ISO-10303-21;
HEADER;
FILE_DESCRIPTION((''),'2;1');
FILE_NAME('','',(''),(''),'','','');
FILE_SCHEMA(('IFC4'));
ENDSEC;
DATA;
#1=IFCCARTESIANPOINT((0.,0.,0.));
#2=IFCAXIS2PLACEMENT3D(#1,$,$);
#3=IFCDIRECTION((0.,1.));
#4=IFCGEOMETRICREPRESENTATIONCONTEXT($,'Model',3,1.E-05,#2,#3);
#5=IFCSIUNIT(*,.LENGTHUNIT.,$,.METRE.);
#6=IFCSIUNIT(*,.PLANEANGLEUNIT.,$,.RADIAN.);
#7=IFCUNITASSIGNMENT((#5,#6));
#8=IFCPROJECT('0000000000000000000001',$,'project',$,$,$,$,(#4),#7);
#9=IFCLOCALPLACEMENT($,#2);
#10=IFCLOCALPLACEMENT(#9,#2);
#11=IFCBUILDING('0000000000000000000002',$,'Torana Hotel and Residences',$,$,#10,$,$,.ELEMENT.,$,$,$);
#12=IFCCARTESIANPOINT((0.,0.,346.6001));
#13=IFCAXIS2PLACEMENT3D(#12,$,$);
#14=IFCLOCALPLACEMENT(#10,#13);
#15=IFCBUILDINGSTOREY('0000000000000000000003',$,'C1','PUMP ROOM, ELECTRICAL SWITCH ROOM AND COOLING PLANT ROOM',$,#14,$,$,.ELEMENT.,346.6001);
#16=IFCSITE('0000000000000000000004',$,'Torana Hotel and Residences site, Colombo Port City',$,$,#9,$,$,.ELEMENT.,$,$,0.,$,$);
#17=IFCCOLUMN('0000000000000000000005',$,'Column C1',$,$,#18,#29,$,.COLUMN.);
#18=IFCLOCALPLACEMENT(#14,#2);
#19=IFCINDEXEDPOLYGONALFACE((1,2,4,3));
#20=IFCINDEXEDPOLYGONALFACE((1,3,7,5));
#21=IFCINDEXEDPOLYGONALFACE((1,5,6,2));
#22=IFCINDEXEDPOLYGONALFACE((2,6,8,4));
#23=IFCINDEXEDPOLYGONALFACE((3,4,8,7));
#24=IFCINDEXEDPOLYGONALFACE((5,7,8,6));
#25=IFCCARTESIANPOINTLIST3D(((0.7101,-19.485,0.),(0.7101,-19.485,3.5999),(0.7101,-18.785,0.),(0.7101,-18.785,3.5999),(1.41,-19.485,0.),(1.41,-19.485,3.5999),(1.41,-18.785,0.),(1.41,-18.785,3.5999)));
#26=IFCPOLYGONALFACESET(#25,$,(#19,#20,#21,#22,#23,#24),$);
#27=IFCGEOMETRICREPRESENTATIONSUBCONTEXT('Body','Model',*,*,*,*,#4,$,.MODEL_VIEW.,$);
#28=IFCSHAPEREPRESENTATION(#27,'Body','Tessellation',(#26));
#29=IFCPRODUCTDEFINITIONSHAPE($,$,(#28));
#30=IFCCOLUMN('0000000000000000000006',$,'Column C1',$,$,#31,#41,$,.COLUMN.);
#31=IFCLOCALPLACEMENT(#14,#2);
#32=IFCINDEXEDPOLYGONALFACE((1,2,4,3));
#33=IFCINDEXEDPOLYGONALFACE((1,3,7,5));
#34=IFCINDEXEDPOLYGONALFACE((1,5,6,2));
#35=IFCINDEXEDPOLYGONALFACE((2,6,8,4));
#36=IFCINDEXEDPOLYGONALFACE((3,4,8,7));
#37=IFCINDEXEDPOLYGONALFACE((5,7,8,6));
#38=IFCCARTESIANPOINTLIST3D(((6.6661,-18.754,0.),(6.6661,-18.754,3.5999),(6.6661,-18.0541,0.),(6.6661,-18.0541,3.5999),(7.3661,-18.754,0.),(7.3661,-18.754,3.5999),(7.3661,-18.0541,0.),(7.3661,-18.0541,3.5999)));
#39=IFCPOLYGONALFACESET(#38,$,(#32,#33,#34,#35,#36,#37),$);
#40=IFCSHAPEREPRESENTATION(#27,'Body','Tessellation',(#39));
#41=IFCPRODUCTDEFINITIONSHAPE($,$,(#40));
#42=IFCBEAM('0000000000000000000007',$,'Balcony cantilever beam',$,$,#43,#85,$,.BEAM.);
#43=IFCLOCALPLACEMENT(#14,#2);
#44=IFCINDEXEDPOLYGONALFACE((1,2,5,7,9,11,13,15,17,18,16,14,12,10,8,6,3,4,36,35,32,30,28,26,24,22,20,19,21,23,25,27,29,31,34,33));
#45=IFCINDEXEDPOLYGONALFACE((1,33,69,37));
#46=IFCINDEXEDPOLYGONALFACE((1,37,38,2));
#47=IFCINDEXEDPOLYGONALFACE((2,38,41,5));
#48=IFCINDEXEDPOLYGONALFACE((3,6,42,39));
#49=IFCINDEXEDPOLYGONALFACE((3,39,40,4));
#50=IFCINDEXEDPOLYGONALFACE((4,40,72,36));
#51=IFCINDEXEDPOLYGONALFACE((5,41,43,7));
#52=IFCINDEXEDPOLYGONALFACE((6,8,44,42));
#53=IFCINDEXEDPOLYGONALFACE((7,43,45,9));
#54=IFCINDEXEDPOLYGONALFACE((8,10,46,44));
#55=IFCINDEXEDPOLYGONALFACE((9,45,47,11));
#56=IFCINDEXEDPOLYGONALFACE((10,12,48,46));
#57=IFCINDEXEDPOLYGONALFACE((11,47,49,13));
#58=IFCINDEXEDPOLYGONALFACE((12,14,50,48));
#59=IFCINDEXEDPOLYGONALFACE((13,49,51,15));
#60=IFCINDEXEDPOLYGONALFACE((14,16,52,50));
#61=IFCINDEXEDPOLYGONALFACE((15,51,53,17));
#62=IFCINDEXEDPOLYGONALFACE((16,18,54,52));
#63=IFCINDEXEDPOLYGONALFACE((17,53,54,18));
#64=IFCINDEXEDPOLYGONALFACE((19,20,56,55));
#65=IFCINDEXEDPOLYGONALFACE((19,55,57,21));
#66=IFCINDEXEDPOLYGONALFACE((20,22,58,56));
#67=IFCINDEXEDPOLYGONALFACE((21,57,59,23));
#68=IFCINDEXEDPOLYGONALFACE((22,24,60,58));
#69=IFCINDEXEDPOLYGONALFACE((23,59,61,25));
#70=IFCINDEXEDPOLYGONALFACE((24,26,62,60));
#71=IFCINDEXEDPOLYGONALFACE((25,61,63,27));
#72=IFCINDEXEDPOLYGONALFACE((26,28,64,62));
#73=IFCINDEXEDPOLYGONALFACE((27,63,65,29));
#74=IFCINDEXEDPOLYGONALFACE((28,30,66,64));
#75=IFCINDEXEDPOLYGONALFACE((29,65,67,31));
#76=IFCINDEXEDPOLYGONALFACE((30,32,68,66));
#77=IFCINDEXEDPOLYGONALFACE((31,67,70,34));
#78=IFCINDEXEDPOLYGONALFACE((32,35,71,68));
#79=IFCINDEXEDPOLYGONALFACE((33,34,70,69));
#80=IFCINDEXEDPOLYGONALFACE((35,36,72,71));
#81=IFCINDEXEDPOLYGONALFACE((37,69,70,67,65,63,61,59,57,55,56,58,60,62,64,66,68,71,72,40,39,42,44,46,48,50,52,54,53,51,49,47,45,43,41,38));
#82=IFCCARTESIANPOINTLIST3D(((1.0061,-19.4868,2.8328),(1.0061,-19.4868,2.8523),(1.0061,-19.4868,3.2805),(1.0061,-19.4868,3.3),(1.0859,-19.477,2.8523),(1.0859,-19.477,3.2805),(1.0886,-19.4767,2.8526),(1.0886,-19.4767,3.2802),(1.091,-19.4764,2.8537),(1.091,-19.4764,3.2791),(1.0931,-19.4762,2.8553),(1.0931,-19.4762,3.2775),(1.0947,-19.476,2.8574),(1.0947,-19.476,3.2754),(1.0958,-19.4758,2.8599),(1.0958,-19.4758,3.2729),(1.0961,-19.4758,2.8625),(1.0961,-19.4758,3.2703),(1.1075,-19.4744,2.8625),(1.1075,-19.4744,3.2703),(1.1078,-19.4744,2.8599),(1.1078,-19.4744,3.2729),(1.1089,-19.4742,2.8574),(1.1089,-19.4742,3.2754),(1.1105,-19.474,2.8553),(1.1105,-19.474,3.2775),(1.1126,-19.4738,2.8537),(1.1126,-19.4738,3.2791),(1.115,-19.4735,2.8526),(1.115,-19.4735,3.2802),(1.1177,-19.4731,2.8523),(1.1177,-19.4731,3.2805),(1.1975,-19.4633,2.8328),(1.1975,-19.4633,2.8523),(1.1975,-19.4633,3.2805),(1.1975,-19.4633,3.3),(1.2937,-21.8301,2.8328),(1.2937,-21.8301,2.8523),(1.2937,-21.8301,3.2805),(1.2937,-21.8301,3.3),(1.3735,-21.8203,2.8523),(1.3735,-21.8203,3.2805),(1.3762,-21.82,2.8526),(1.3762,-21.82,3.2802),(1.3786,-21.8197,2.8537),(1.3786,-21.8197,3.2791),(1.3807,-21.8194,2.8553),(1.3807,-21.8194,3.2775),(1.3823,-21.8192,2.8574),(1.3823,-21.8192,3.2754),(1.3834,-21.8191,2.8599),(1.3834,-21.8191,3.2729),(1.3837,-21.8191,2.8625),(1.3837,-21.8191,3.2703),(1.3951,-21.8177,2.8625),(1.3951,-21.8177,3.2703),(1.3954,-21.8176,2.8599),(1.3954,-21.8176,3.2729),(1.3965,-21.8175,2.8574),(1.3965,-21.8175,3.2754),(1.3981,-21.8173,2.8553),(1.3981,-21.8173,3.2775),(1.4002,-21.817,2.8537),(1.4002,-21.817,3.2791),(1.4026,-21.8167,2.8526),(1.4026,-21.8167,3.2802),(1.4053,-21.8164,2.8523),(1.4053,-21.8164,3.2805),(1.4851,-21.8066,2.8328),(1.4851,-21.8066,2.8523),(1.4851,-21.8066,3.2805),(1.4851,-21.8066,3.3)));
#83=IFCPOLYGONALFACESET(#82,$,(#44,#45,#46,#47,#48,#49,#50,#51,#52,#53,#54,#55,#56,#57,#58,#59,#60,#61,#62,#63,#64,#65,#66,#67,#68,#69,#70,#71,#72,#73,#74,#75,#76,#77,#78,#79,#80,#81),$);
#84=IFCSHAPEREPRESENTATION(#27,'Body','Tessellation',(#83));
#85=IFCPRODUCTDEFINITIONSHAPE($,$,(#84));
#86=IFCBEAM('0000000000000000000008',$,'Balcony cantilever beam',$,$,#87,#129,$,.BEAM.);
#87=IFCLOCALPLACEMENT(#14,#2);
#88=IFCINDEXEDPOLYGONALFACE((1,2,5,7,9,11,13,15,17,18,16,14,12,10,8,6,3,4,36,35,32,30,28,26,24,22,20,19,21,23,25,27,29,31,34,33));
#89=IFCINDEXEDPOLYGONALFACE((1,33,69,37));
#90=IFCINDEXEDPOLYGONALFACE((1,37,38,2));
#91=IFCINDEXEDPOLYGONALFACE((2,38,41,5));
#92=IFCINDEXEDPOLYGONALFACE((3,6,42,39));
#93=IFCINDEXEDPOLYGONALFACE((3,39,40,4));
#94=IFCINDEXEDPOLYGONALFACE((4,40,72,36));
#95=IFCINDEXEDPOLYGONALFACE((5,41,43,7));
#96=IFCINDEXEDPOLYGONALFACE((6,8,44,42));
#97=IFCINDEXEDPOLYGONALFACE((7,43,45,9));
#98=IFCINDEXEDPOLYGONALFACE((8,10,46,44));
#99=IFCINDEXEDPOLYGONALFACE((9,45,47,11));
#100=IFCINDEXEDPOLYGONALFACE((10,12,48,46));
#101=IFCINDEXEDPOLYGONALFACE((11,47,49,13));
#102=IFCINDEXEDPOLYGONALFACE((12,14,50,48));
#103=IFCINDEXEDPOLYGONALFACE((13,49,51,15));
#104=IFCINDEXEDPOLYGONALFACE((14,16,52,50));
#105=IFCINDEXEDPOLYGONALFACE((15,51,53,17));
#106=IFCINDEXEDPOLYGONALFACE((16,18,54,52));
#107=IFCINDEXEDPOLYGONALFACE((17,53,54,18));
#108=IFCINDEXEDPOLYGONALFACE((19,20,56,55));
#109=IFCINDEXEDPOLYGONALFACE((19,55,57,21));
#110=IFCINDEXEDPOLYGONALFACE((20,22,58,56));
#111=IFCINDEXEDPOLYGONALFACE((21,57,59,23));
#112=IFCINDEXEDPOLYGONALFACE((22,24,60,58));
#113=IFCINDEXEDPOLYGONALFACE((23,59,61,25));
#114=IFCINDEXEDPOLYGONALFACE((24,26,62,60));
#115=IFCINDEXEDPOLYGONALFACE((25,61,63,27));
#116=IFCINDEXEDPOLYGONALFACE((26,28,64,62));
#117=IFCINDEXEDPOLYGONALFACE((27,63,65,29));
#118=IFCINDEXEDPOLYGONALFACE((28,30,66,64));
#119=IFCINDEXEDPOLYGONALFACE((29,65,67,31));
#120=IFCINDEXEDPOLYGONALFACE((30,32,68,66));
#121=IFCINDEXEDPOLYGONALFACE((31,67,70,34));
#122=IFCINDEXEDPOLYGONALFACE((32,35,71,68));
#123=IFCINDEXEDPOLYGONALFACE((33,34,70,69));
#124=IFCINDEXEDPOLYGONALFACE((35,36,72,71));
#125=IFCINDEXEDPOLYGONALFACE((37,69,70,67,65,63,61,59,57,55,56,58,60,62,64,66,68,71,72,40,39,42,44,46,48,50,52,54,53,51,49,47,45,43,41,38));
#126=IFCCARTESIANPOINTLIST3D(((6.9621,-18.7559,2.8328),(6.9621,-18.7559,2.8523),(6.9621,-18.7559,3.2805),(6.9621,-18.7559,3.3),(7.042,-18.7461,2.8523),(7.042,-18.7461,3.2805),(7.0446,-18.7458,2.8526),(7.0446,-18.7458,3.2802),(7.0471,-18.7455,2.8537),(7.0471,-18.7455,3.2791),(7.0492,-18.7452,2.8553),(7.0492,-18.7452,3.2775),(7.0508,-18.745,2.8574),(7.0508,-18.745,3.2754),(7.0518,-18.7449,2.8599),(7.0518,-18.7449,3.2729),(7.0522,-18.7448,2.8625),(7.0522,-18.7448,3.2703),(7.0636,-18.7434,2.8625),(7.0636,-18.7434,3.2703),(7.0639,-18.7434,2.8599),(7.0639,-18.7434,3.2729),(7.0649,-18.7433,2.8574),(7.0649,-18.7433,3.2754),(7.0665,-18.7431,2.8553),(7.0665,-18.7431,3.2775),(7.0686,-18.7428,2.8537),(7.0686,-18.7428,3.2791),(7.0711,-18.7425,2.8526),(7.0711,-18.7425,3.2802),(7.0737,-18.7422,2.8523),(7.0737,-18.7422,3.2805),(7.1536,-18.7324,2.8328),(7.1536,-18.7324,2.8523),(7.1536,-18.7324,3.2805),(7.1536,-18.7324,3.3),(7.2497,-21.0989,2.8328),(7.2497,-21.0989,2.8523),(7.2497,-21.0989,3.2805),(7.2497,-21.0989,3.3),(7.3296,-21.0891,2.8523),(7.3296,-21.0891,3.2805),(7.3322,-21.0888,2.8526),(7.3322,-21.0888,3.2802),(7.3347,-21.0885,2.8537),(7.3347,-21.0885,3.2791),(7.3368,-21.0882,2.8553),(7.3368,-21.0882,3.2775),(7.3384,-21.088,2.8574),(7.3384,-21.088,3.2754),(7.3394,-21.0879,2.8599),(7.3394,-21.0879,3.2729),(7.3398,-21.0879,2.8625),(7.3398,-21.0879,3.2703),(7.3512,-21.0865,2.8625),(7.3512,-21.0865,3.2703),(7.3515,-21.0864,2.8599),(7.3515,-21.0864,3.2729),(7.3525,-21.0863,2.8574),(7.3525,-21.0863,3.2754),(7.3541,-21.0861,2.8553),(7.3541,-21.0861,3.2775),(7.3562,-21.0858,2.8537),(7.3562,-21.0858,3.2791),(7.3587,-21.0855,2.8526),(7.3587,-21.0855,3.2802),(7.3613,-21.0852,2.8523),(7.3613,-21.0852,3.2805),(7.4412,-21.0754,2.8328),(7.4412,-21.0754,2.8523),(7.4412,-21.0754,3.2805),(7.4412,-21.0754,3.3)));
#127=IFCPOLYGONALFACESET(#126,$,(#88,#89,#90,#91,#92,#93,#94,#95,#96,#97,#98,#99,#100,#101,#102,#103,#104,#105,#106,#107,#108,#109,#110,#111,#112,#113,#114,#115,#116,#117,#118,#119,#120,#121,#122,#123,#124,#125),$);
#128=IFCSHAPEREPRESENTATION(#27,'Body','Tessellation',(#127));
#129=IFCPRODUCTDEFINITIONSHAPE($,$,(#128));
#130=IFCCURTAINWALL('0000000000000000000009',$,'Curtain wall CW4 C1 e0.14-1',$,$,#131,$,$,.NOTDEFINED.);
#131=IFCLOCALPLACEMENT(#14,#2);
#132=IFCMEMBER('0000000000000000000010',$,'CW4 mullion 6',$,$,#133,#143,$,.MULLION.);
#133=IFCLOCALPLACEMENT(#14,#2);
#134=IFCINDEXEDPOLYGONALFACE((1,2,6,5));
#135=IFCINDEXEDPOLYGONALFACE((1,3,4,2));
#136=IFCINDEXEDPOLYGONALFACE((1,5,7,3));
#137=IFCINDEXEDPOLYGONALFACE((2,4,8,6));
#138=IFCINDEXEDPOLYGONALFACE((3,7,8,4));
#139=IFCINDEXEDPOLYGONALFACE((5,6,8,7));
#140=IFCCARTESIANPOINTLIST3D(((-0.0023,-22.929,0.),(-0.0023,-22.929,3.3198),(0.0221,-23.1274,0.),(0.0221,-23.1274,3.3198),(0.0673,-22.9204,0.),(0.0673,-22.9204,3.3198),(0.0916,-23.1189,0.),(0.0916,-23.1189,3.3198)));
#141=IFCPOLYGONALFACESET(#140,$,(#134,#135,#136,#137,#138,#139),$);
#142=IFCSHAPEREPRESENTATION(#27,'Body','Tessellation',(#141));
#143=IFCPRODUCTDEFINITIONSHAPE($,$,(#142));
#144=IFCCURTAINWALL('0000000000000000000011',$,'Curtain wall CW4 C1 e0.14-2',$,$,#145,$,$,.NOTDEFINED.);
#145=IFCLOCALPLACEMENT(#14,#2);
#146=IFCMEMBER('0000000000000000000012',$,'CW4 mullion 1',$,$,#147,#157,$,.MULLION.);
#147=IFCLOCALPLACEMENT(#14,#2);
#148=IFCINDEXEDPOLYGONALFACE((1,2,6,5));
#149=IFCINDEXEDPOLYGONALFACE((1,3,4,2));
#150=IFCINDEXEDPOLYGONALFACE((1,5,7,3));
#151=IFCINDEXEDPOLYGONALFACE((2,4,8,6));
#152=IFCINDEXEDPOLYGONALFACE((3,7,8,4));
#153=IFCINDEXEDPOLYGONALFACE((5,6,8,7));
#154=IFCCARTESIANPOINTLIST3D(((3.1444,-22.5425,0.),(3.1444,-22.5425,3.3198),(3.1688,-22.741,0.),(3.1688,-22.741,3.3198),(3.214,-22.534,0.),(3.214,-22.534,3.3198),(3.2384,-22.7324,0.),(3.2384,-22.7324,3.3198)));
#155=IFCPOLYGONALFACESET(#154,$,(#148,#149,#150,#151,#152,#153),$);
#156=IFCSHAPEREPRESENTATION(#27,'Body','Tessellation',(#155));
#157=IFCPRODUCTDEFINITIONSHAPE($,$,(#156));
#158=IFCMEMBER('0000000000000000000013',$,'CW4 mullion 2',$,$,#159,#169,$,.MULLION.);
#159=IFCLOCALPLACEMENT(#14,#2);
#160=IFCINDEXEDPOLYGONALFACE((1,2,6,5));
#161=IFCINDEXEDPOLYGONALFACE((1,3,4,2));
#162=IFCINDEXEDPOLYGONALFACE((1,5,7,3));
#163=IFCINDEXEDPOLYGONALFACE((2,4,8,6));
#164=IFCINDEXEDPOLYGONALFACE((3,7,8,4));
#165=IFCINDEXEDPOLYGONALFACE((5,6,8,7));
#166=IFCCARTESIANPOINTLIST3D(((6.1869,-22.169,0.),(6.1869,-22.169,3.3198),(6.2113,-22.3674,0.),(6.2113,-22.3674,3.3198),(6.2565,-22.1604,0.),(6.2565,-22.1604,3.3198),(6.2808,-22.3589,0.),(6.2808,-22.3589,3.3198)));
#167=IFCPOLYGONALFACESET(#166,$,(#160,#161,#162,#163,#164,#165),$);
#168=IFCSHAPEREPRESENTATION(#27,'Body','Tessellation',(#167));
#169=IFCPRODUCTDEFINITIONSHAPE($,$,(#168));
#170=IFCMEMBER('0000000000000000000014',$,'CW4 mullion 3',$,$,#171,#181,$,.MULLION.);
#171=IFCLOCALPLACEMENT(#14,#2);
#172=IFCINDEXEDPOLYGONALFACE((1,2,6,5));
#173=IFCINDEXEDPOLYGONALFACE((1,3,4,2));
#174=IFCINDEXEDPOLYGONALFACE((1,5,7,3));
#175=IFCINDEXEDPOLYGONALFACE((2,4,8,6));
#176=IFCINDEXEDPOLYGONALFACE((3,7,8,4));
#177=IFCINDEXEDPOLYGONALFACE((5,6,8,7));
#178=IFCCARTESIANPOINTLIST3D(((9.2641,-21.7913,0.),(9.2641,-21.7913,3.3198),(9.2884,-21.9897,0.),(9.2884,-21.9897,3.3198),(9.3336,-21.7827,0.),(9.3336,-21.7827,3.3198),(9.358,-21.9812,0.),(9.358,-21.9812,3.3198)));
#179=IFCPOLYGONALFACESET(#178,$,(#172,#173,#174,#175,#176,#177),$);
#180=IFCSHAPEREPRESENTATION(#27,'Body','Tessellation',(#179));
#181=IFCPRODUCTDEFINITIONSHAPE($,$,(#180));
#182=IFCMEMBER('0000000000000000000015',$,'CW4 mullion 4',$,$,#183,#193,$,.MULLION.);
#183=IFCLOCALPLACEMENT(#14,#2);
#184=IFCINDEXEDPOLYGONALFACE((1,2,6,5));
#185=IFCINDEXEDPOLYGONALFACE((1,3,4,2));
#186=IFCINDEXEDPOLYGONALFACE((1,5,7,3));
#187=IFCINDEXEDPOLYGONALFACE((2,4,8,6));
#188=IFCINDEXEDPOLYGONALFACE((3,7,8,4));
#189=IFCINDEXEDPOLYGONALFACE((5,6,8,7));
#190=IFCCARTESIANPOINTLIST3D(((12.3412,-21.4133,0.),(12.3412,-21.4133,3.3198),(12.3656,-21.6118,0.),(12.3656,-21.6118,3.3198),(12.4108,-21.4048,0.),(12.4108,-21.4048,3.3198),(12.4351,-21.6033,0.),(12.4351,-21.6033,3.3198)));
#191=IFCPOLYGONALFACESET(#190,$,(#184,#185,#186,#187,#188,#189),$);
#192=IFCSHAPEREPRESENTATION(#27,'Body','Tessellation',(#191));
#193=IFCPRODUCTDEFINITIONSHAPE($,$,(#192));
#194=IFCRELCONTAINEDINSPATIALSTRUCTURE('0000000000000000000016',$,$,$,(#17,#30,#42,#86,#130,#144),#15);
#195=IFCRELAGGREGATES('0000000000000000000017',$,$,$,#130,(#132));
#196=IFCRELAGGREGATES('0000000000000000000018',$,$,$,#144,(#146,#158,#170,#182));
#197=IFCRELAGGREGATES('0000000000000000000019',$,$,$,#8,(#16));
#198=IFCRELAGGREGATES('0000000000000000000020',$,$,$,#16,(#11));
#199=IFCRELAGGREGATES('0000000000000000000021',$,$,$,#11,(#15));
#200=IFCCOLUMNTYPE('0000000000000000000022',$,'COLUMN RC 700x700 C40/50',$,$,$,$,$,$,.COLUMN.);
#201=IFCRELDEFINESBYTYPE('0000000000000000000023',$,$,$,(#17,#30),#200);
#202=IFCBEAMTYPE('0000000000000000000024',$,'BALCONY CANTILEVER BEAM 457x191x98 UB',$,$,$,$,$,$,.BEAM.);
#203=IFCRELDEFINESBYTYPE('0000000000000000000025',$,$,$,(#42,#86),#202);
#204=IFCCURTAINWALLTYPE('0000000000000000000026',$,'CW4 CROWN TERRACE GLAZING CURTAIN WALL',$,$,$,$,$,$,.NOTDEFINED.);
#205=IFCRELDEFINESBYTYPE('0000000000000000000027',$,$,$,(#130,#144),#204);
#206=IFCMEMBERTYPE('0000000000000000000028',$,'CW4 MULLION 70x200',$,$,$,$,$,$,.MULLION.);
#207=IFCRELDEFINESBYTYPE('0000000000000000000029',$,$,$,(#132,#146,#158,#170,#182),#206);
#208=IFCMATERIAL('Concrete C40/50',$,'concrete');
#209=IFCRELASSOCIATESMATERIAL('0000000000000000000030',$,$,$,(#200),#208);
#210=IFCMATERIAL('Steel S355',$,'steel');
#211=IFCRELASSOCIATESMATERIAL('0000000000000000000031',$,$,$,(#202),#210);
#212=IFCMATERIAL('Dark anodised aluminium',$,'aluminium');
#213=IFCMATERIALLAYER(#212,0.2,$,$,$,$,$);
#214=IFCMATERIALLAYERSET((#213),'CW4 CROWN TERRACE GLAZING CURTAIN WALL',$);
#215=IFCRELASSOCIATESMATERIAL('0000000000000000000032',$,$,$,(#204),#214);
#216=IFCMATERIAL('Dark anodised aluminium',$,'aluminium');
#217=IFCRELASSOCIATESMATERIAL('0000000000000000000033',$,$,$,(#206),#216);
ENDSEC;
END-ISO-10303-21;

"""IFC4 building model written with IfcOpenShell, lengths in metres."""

from ifc_helpers import new_model, si_unit, direction, frame, origin, origin_2d, place, context, subcontext, project, spatial, rectangle, i_section, extrude, material, layer, layer_set, material_profile, profile_set, type_object, element, aggregate, save


model = new_model("IFC4")

# Units and contexts
model_context = context("Model", 3, precision=1e-05, world=origin(), true_north=direction((0.0, 1.0)))
body_context = subcontext(model_context, "Body", "Model", "MODEL_VIEW")
ifc_project = project(units=[si_unit("LENGTHUNIT", "METRE"), si_unit("PLANEANGLEUNIT", "RADIAN")], contexts=[model_context])

# Site, building, storey
site_placement = place(None, origin())
site = spatial("IfcSite", under=ifc_project, at=site_placement, Name="Torana Hotel and Residences site, Colombo Port City", CompositionType="ELEMENT", RefElevation=0.0)
building_placement = place(site_placement, origin())
building = spatial("IfcBuilding", under=site, at=building_placement, Name="Torana Hotel and Residences", CompositionType="ELEMENT")
storey_placement = place(building_placement, frame((0.0, 0.0, 346.6001)))
storey = spatial("IfcBuildingStorey", under=building, at=storey_placement, Name="C1", Description="PUMP ROOM, ELECTRICAL SWITCH ROOM AND COOLING PLANT ROOM", CompositionType="ELEMENT", Elevation=346.6001)

# Columns
ifc_material_1 = material(Name="Concrete C40/50", Category="concrete")
ifc_material_profile_1 = material_profile(ifc_material_1, rectangle(XDim=0.7, YDim=0.7, at=origin_2d()), Name="RC 700x700")
ifc_profile_set_1 = profile_set([ifc_material_profile_1], Name="Concrete C40/50")
column_type = type_object("IfcColumnType", Name="COLUMN RC 700x700 C40/50", PredefinedType="COLUMN", material=ifc_profile_set_1)
for number, where, z_axis, x_axis, name in (
    (1, (1.0601, -19.135, 0.0), (0.0, 0.0, 1.0), (1.0, 0.0, 0.0), "Column C1"),
    (2, (7.0161, -18.4041, 0.0), (0.0, 0.0, 1.0), (1.0, 0.0, 0.0), "Column C1"),
):
    element("IfcColumn", number, at=place(storey_placement, frame(where, z_axis=z_axis, x_axis=x_axis)), inside=storey, type_object=column_type, Name=name, PredefinedType="COLUMN", context=body_context, shape_type="SweptSolid", body=[
        extrude(rectangle(XDim=0.7, YDim=0.7, at=origin_2d()), origin(), (0.0, 0.0, 1.0), 3.5999),
    ])

# Beams
ifc_material_2 = material(Name="Steel S355", Category="steel")
ifc_material_profile_2 = material_profile(ifc_material_2, i_section(OverallWidth=0.1929, OverallDepth=0.4673, WebThickness=0.0115, FlangeThickness=0.0195, FilletRadius=0.0103, at=origin_2d()), Name="457x191x98 UB")
ifc_profile_set_2 = profile_set([ifc_material_profile_2], Name="Steel S355")
beam_type = type_object("IfcBeamType", Name="BALCONY CANTILEVER BEAM 457x191x98 UB", PredefinedType="BEAM", material=ifc_profile_set_2)
beam_1_placement = place(storey_placement, frame((1.1018, -19.4751, 3.0664), z_axis=(0.12182, -0.992552, 0.0), x_axis=(0.992552, 0.12182, 0.0)))
element("IfcBeam", 3, at=beam_1_placement, inside=storey, type_object=beam_type, Name="Balcony cantilever beam", PredefinedType="BEAM", context=body_context, shape_type="SweptSolid", body=[
    extrude(i_section(OverallWidth=0.1929, OverallDepth=0.4673, WebThickness=0.0115, FlangeThickness=0.0195, FilletRadius=0.0103, at=origin_2d()), origin(), (0.0, 0.0, 1.0), 2.3608),
])
beam_2_placement = place(storey_placement, frame((7.0579, -18.7441, 3.0664), z_axis=(0.121832, -0.992551, 0.0), x_axis=(0.992551, 0.121832, 0.0)))
element("IfcBeam", 4, at=beam_2_placement, inside=storey, type_object=beam_type, Name="Balcony cantilever beam", PredefinedType="BEAM", context=body_context, shape_type="SweptSolid", body=[
    extrude(i_section(OverallWidth=0.1929, OverallDepth=0.4673, WebThickness=0.0115, FlangeThickness=0.0195, FilletRadius=0.0103, at=origin_2d()), origin(), (0.0, 0.0, 1.0), 2.3606),
])

# Curtain wall, member
ifc_material_3 = material(Name="Dark anodised aluminium", Category="aluminium")
ifc_layer_1 = layer(ifc_material_3, 0.2)
ifc_layer_set_1 = layer_set([ifc_layer_1], Name="CW4 CROWN TERRACE GLAZING CURTAIN WALL")
curtain_wall_type = type_object("IfcCurtainWallType", Name="CW4 CROWN TERRACE GLAZING CURTAIN WALL", PredefinedType="NOTDEFINED", material=ifc_layer_set_1)
curtain_wall_1_placement = place(storey_placement, origin())
curtain_wall_1 = element("IfcCurtainWall", 5, at=curtain_wall_1_placement, inside=storey, type_object=curtain_wall_type, Name="Curtain wall CW4 C1 e0.14-1", PredefinedType="NOTDEFINED")
ifc_material_4 = material(Name="Dark anodised aluminium", Category="aluminium")
ifc_material_profile_3 = material_profile(ifc_material_4, rectangle(XDim=0.2, YDim=0.0701, at=origin_2d()), Name="CW4 MULLION 70x200")
ifc_profile_set_3 = profile_set([ifc_material_profile_3], Name="Dark anodised aluminium")
member_type_1 = type_object("IfcMemberType", Name="CW4 MULLION 70x200", PredefinedType="MULLION", material=ifc_profile_set_3)
member_1_placement = place(storey_placement, frame((0.0447, -23.0239, 0.0), z_axis=(0.0, 0.0, 1.0), x_axis=(-0.121858, 0.992548, 0.0)))
member_1 = element("IfcMember", 6, at=member_1_placement, type_object=member_type_1, Name="CW4 mullion 6", PredefinedType="MULLION", context=body_context, shape_type="SweptSolid", body=[
    extrude(rectangle(XDim=0.2, YDim=0.0701, at=origin_2d()), origin(), (0.0, 0.0, 1.0), 3.3198),
])
aggregate(curtain_wall_1, [member_1])

# Curtain wall, members
curtain_wall_2_placement = place(storey_placement, origin())
curtain_wall_2 = element("IfcCurtainWall", 7, at=curtain_wall_2_placement, inside=storey, type_object=curtain_wall_type, Name="Curtain wall CW4 C1 e0.14-2", PredefinedType="NOTDEFINED")
member_2_placement = place(storey_placement, frame((3.1914, -22.6375, 0.0), z_axis=(0.0, 0.0, 1.0), x_axis=(-0.121865, 0.992547, 0.0)))
member_2 = element("IfcMember", 8, at=member_2_placement, type_object=member_type_1, Name="CW4 mullion 1", PredefinedType="MULLION", context=body_context, shape_type="SweptSolid", body=[
    extrude(rectangle(XDim=0.2, YDim=0.0701, at=origin_2d()), origin(), (0.0, 0.0, 1.0), 3.3198),
])
member_3_placement = place(storey_placement, frame((6.2339, -22.2639, 0.0), z_axis=(0.0, 0.0, 1.0), x_axis=(-0.121865, 0.992547, 0.0)))
member_3 = element("IfcMember", 9, at=member_3_placement, type_object=member_type_1, Name="CW4 mullion 2", PredefinedType="MULLION", context=body_context, shape_type="SweptSolid", body=[
    extrude(rectangle(XDim=0.2, YDim=0.0701, at=origin_2d()), origin(), (0.0, 0.0, 1.0), 3.3198),
])
member_4_placement = place(storey_placement, frame((9.311, -21.8862, 0.0), z_axis=(0.0, 0.0, 1.0), x_axis=(-0.121865, 0.992547, 0.0)))
member_4 = element("IfcMember", 10, at=member_4_placement, type_object=member_type_1, Name="CW4 mullion 3", PredefinedType="MULLION", context=body_context, shape_type="SweptSolid", body=[
    extrude(rectangle(XDim=0.2, YDim=0.0701, at=origin_2d()), origin(), (0.0, 0.0, 1.0), 3.3198),
])
member_5_placement = place(storey_placement, frame((12.3882, -21.5083, 0.0), z_axis=(0.0, 0.0, 1.0), x_axis=(-0.121865, 0.992547, 0.0)))
member_5 = element("IfcMember", 11, at=member_5_placement, type_object=member_type_1, Name="CW4 mullion 4", PredefinedType="MULLION", context=body_context, shape_type="SweptSolid", body=[
    extrude(rectangle(XDim=0.2, YDim=0.0701, at=origin_2d()), origin(), (0.0, 0.0, 1.0), 3.3198),
])
aggregate(curtain_wall_2, [member_2, member_3, member_4, member_5])

save(model, "model.ifc")
